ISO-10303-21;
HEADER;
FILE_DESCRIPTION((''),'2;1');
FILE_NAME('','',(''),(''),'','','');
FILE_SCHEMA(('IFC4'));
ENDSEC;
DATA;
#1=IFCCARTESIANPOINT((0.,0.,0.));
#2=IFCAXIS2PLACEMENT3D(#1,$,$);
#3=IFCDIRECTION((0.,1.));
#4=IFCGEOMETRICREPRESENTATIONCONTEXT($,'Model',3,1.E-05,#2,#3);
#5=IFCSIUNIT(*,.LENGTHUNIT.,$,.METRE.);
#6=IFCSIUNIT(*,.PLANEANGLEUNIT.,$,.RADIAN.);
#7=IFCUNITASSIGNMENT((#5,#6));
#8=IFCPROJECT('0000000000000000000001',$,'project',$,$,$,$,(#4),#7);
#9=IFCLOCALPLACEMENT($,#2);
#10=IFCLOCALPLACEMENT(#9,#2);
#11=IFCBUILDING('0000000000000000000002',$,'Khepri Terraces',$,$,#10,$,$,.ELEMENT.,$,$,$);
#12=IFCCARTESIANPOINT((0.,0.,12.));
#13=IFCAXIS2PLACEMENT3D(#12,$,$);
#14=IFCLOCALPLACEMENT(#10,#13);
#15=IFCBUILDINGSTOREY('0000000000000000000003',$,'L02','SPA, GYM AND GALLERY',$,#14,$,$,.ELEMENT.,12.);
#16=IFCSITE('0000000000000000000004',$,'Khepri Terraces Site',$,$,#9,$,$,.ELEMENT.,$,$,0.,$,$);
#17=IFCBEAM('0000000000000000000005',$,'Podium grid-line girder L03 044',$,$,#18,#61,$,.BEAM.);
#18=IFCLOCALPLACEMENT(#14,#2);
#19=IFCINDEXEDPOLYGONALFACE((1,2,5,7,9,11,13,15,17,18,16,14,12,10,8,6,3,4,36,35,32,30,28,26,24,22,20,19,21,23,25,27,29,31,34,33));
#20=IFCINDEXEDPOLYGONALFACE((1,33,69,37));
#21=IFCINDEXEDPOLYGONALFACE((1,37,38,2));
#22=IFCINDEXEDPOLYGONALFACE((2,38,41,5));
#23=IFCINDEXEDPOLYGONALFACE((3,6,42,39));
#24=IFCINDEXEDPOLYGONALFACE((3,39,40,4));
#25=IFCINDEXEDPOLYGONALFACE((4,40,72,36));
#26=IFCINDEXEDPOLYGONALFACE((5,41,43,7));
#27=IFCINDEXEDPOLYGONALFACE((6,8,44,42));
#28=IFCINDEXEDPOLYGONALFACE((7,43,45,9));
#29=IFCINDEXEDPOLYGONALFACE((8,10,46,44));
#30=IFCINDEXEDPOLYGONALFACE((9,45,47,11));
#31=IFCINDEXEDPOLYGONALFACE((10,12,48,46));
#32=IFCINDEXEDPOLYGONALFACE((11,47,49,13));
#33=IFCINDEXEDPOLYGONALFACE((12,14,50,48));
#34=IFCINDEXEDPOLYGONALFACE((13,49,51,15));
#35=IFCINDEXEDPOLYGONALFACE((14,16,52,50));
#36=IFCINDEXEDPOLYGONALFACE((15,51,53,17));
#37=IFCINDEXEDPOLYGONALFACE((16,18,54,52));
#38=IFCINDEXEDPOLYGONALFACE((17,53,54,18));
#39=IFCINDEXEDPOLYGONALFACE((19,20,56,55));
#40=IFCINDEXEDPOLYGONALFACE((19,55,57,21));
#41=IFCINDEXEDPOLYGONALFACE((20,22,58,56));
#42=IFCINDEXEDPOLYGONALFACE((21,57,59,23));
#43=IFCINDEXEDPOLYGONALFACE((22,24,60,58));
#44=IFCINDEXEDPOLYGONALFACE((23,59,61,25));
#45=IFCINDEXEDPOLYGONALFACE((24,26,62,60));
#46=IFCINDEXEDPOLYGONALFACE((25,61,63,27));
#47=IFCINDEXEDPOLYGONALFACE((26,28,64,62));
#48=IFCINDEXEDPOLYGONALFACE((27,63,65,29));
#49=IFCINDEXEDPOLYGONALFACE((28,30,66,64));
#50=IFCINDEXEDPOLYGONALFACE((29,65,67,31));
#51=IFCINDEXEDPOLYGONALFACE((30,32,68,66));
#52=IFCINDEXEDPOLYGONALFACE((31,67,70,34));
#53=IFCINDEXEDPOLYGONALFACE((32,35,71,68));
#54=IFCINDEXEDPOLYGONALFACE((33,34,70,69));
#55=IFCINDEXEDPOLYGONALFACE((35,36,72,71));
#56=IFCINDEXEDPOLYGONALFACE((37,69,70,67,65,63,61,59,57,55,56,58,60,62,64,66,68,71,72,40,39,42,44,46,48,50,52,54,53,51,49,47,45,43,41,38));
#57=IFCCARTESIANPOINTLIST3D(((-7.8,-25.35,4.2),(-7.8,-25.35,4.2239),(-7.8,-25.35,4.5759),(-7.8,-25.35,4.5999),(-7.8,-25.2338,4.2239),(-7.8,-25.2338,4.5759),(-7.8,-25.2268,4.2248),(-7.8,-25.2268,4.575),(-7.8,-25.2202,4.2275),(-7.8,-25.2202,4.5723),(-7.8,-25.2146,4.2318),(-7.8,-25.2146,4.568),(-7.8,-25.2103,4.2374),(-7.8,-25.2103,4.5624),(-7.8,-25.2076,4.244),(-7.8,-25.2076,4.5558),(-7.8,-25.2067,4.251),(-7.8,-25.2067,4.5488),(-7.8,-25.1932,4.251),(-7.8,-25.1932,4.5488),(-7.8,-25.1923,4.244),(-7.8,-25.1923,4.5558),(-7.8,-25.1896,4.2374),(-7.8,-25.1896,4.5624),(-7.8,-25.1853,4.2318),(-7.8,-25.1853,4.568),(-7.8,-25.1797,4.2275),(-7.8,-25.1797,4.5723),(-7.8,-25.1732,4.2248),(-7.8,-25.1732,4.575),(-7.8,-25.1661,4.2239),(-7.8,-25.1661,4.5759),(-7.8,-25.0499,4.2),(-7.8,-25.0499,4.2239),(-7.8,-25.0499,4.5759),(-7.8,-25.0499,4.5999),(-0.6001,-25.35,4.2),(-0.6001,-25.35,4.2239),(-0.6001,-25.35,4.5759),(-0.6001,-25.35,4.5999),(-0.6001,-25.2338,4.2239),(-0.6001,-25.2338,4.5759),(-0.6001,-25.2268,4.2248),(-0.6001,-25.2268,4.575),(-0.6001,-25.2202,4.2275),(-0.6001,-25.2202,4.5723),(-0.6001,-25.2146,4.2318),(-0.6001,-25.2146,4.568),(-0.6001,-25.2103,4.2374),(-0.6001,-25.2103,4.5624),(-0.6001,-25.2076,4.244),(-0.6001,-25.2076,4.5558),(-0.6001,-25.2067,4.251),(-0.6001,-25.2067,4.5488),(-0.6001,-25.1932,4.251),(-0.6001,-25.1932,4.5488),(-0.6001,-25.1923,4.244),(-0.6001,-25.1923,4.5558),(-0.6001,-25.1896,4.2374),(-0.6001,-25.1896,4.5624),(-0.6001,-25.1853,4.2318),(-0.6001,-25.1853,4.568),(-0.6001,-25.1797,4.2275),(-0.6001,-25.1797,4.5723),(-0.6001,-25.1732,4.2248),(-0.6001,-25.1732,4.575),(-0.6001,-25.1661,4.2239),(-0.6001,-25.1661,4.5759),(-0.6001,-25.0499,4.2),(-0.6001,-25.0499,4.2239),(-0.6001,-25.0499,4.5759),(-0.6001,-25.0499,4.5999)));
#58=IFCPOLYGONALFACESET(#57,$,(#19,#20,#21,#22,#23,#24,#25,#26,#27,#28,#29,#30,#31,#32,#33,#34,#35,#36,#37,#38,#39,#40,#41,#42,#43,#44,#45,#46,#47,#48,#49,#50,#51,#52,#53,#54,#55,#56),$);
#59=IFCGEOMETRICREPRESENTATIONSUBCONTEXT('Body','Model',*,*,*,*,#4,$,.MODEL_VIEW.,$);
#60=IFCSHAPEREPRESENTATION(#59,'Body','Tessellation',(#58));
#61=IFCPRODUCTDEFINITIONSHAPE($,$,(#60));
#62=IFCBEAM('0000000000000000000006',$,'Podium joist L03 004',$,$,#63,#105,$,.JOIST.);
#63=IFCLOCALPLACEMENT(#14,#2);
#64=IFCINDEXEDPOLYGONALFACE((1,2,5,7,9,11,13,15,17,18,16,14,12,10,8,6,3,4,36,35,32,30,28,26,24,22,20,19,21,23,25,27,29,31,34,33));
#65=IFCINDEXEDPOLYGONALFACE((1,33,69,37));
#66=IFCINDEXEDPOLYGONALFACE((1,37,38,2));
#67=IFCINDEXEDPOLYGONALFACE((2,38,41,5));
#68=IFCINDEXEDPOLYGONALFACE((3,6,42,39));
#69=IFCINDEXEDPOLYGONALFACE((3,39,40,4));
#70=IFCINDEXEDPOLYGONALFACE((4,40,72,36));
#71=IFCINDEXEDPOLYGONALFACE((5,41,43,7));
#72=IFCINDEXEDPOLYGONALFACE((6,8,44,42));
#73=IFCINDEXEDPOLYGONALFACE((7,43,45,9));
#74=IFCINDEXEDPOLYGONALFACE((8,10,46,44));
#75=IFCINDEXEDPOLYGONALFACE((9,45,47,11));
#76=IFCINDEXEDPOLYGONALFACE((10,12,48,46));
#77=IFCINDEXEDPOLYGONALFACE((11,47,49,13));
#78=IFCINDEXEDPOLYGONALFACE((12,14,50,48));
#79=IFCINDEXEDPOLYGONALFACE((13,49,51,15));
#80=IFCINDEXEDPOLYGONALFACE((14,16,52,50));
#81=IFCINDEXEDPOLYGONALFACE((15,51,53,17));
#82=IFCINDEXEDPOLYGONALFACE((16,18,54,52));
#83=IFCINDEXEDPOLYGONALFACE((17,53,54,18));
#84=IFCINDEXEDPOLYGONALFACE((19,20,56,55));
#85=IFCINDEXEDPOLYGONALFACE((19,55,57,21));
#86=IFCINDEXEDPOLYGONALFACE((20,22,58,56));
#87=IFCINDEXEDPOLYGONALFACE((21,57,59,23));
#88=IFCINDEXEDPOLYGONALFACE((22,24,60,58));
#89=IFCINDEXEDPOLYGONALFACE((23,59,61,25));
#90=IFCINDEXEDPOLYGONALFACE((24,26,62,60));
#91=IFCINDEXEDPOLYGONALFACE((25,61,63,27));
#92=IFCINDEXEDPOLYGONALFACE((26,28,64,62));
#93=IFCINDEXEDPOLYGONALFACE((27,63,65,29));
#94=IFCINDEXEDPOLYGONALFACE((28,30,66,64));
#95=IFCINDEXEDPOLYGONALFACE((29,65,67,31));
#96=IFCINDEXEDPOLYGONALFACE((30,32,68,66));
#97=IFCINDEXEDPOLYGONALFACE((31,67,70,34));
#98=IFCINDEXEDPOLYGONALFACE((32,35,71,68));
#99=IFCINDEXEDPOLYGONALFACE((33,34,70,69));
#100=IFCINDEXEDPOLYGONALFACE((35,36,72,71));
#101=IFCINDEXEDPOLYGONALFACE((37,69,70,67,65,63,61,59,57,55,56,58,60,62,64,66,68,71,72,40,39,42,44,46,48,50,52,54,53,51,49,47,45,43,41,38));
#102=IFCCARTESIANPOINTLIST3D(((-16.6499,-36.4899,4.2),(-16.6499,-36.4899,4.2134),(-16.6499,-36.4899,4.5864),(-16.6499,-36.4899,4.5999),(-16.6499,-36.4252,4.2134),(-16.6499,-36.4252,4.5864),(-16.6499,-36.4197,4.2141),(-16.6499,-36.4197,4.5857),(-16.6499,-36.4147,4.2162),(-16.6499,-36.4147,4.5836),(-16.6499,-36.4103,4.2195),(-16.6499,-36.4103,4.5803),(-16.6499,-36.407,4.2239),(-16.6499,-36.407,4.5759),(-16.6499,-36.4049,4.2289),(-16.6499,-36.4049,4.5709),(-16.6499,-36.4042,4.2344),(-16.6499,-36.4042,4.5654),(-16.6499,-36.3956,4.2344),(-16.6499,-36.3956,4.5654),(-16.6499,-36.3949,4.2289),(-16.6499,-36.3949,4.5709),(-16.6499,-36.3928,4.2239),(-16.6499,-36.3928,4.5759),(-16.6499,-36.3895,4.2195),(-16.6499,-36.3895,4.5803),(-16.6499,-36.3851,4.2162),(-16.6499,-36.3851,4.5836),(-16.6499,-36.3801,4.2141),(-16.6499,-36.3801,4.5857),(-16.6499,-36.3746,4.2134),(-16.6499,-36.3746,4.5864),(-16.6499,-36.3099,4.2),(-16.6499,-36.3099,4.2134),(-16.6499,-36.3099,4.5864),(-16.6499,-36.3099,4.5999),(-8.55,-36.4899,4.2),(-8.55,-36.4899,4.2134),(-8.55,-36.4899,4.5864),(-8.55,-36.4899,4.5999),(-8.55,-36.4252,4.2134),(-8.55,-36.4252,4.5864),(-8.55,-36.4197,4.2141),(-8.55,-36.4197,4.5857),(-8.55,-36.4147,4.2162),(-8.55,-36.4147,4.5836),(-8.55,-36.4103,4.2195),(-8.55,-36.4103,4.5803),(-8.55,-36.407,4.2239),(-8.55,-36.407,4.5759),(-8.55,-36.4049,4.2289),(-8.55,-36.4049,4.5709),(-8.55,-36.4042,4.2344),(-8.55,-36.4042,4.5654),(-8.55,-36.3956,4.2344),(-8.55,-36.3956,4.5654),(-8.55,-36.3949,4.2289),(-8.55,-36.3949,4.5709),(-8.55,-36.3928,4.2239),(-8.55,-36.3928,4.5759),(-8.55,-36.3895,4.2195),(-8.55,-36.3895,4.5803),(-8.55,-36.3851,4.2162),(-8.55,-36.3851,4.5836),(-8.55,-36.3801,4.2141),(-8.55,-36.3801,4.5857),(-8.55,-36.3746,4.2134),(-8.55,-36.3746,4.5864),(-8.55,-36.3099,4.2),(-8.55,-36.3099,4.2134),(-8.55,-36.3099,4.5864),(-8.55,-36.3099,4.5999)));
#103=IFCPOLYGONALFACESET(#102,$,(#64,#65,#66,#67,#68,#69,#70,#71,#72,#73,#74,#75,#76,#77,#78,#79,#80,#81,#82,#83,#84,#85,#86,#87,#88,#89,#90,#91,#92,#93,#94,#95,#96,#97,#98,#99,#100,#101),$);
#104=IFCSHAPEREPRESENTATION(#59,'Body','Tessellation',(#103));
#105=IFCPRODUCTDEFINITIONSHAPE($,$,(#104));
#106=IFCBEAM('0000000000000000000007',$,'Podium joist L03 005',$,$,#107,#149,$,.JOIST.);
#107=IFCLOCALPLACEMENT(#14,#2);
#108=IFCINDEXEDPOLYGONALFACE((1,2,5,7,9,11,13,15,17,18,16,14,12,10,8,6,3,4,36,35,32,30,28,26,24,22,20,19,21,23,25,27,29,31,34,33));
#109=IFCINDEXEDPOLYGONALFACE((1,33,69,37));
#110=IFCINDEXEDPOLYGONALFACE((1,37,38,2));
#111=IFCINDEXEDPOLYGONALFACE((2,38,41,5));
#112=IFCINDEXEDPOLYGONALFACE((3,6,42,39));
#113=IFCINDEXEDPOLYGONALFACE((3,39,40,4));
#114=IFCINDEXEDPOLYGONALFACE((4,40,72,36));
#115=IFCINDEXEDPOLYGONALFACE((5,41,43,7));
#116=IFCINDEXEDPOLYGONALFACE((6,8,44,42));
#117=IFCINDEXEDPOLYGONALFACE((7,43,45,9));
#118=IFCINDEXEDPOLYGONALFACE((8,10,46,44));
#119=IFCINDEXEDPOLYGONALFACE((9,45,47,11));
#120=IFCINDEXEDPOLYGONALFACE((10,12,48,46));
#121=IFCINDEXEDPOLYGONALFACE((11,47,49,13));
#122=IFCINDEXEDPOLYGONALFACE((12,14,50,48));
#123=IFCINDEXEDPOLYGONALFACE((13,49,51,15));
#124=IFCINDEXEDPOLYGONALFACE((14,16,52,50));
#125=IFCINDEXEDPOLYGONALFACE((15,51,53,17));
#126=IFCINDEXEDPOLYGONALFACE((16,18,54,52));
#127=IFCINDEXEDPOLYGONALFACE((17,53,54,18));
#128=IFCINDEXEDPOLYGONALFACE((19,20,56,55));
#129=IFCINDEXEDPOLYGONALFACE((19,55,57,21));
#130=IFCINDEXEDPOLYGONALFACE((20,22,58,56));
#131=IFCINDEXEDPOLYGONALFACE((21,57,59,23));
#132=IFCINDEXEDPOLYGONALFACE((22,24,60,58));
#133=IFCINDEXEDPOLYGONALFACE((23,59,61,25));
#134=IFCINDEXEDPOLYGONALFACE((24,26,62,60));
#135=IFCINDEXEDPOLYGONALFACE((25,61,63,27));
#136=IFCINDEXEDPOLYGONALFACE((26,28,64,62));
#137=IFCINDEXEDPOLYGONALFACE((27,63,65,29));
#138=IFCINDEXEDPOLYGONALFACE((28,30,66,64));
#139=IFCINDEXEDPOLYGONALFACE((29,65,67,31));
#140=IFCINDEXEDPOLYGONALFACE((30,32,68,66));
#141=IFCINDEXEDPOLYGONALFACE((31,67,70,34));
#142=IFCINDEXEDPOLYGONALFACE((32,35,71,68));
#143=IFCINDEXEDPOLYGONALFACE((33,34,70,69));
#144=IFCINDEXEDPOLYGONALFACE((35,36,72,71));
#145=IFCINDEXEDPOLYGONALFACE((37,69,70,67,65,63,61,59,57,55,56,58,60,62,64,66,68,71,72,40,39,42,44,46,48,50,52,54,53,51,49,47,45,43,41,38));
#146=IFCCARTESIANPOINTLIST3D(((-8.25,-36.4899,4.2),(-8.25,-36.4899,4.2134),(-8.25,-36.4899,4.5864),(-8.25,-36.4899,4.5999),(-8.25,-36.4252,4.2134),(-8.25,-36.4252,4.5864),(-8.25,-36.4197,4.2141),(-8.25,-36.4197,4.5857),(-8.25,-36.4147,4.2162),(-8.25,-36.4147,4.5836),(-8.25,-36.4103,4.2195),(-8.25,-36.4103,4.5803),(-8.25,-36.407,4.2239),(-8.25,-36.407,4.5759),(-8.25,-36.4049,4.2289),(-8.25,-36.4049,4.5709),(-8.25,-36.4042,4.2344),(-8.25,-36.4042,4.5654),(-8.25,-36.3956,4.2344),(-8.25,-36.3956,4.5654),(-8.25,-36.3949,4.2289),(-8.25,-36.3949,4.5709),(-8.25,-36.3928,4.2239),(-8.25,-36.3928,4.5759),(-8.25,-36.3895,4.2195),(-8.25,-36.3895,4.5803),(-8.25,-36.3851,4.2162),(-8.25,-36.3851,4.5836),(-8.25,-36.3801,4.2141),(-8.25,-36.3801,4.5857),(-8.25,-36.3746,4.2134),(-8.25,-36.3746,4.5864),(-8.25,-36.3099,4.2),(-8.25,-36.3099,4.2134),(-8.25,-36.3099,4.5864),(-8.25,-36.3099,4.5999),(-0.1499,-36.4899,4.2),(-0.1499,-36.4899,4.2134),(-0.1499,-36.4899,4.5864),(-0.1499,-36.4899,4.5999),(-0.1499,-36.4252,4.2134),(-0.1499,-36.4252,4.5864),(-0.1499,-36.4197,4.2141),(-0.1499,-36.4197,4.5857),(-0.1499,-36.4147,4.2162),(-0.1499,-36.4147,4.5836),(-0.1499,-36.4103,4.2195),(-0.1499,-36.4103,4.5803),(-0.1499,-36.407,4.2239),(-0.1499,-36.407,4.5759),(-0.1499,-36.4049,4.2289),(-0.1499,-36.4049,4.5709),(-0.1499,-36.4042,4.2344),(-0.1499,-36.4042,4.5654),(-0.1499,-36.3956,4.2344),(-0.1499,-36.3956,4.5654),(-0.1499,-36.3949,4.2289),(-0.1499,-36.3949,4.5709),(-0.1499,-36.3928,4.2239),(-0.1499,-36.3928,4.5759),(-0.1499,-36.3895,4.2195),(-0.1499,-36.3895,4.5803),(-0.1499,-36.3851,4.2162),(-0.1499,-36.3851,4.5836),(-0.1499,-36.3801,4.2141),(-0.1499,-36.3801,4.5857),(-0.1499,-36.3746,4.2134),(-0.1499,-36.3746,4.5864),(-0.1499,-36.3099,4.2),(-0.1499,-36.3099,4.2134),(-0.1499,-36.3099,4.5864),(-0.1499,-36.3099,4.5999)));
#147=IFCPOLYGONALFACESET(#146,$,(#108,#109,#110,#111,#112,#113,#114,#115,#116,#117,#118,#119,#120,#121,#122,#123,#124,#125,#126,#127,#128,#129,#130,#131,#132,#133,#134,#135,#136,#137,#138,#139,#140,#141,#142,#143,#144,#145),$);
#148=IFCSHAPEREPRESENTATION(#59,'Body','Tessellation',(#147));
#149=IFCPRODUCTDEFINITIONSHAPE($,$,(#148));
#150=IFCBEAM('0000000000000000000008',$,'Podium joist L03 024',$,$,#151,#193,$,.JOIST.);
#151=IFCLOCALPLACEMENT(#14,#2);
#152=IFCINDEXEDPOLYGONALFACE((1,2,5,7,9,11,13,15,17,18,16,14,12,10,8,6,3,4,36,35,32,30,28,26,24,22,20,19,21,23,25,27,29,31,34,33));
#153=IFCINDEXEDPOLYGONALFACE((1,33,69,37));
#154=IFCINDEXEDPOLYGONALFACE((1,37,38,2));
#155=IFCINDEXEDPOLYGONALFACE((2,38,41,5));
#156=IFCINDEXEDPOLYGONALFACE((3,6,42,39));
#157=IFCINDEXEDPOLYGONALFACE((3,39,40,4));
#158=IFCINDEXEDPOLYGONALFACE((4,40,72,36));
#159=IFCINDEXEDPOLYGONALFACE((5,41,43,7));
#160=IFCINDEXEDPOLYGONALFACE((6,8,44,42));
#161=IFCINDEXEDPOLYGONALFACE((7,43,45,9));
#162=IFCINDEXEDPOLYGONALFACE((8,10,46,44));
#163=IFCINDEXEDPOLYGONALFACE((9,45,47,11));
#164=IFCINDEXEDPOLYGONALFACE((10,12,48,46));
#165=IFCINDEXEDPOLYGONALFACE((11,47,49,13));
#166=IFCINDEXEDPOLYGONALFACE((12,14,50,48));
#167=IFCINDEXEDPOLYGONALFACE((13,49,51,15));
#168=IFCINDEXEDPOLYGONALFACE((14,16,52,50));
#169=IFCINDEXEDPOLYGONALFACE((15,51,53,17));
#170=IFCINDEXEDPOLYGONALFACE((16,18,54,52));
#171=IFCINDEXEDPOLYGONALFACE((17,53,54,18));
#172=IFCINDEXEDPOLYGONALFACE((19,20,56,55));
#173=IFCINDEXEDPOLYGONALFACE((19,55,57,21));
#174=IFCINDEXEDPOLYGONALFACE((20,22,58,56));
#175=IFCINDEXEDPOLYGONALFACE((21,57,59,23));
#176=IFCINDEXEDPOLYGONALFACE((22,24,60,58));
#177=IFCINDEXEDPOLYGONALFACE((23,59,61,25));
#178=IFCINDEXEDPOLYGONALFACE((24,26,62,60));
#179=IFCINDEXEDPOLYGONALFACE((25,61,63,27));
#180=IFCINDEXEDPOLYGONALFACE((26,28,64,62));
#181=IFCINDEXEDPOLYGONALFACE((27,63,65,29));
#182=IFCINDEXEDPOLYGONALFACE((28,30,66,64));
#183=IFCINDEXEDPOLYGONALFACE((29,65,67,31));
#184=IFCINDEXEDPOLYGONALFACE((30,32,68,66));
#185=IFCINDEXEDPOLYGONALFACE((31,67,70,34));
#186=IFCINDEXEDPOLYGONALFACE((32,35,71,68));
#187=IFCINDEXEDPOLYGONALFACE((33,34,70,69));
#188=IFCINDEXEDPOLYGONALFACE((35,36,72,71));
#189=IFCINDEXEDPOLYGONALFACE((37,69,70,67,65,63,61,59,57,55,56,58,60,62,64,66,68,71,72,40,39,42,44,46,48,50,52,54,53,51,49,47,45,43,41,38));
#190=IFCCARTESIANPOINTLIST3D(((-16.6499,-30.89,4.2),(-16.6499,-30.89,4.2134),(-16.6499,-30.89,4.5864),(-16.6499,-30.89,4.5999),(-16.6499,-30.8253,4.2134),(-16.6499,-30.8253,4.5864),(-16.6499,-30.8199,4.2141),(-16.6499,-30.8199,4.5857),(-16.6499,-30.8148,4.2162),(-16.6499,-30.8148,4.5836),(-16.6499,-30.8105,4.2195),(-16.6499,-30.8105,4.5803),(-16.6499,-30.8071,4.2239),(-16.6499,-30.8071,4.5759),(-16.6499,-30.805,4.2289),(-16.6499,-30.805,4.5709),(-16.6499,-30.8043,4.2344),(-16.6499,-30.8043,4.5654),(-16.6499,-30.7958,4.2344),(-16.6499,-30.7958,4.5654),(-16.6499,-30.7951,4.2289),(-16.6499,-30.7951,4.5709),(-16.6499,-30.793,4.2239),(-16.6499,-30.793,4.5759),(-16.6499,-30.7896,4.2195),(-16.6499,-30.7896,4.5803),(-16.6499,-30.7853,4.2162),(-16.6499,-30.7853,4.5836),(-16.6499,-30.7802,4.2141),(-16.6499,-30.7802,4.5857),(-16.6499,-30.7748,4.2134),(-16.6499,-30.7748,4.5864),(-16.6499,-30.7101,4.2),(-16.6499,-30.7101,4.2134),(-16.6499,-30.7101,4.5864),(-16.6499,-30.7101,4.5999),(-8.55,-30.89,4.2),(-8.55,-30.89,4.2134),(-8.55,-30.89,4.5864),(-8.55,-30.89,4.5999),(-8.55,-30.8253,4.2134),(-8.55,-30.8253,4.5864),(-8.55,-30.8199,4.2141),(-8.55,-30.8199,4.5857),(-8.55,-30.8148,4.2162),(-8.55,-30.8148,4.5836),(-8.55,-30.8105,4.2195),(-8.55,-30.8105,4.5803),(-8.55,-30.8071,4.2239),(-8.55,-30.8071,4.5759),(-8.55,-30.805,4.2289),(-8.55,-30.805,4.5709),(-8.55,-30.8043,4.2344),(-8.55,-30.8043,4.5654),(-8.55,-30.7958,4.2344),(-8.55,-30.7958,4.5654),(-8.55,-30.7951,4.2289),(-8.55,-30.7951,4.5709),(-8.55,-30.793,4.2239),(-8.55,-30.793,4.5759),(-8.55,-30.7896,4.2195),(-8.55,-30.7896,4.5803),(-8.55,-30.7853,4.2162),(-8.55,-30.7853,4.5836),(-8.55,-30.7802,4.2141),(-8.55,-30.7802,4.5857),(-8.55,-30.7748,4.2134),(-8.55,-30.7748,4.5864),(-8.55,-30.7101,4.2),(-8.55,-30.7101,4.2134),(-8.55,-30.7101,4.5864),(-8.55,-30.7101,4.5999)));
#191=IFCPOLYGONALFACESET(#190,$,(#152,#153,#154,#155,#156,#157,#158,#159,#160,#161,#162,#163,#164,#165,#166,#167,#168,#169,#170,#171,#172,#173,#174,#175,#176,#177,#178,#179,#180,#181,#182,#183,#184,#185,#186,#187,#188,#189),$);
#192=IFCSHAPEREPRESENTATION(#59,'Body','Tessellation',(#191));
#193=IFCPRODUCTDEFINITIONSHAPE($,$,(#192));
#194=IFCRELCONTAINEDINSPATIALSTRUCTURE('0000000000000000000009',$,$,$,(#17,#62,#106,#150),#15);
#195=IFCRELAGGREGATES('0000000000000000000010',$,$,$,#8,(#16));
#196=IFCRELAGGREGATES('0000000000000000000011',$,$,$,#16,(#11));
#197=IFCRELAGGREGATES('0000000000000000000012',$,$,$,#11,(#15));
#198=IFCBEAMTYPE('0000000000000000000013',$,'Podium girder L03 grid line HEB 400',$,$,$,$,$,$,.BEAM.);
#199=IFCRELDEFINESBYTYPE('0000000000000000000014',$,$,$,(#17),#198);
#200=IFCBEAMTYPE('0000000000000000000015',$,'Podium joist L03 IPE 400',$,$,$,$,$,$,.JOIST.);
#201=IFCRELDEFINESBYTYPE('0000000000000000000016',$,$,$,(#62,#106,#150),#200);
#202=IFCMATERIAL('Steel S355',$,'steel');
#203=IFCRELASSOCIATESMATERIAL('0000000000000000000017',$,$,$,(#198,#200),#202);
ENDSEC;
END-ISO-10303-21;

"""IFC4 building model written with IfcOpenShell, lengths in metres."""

from ifc_helpers import new_model, si_unit, direction, frame, origin, origin_2d, place, context, subcontext, project, spatial, i_section, extrude, material, material_profile, profile_set, type_object, element, save


model = new_model("IFC4")

# Units and contexts
model_context = context("Model", 3, precision=1e-05, world=origin(), true_north=direction((0.0, 1.0)))
body_context = subcontext(model_context, "Body", "Model", "MODEL_VIEW")
ifc_project = project(units=[si_unit("LENGTHUNIT", "METRE"), si_unit("PLANEANGLEUNIT", "RADIAN")], contexts=[model_context])

# Site, building, storey
site_placement = place(None, origin())
site = spatial("IfcSite", under=ifc_project, at=site_placement, Name="Khepri Terraces Site", CompositionType="ELEMENT", RefElevation=0.0)
building_placement = place(site_placement, origin())
building = spatial("IfcBuilding", under=site, at=building_placement, Name="Khepri Terraces", CompositionType="ELEMENT")
storey_placement = place(building_placement, frame((0.0, 0.0, 12.0)))
storey = spatial("IfcBuildingStorey", under=building, at=storey_placement, Name="L02", Description="SPA, GYM AND GALLERY", CompositionType="ELEMENT", Elevation=12.0)

# Beams
ifc_material_1 = material(Name="Steel S355", Category="steel")
ifc_material_profile_1 = material_profile(ifc_material_1, i_section(OverallWidth=0.3, OverallDepth=0.3999, WebThickness=0.0134, FlangeThickness=0.0239, FilletRadius=0.0271, at=origin_2d()), Name="Steel S355", Category="steel")
ifc_profile_set_1 = profile_set([ifc_material_profile_1], Name="Steel S355")
beam_type_1 = type_object("IfcBeamType", Name="Podium girder L03 grid line HEB 400", PredefinedType="BEAM", material=ifc_profile_set_1)
for number, where, z_axis, x_axis, name in (
    (1, (-7.8, -25.2, 4.3999), (1.0, 0.0, 0.0), (0.0, 1.0, 0.0), "Podium grid-line girder L03 044"),
):
    element("IfcBeam", number, at=place(storey_placement, frame(where, z_axis=z_axis, x_axis=x_axis)), inside=storey, type_object=beam_type_1, Name=name, PredefinedType="BEAM", context=body_context, shape_type="SweptSolid", body=[
        extrude(i_section(OverallWidth=0.3, OverallDepth=0.3999, WebThickness=0.0134, FlangeThickness=0.0239, FilletRadius=0.0271, at=origin_2d()), origin(), (0.0, 0.0, 1.0), 7.2),
    ])
ifc_material_profile_2 = material_profile(ifc_material_1, i_section(OverallWidth=0.1799, OverallDepth=0.3999, WebThickness=0.0085, FlangeThickness=0.0134, FilletRadius=0.021, at=origin_2d()), Name="Steel S355", Category="steel")
ifc_profile_set_2 = profile_set([ifc_material_profile_2], Name="Steel S355")
beam_type_2 = type_object("IfcBeamType", Name="Podium joist L03 IPE 400", PredefinedType="JOIST", material=ifc_profile_set_2)
beam_1_placement = place(storey_placement, frame((-16.6499, -36.3999, 4.3999), z_axis=(1.0, 0.0, 0.0), x_axis=(0.0, 1.0, 0.0)))
element("IfcBeam", 2, at=beam_1_placement, inside=storey, type_object=beam_type_2, Name="Podium joist L03 004", PredefinedType="JOIST", context=body_context, shape_type="SweptSolid", body=[
    extrude(i_section(OverallWidth=0.1799, OverallDepth=0.3999, WebThickness=0.0085, FlangeThickness=0.0134, FilletRadius=0.021, at=origin_2d()), origin(), (0.0, 0.0, 1.0), 8.0999),
])
beam_2_placement = place(storey_placement, frame((-8.25, -36.3999, 4.3999), z_axis=(1.0, 0.0, 0.0), x_axis=(0.0, 1.0, 0.0)))
element("IfcBeam", 3, at=beam_2_placement, inside=storey, type_object=beam_type_2, Name="Podium joist L03 005", PredefinedType="JOIST", context=body_context, shape_type="SweptSolid", body=[
    extrude(i_section(OverallWidth=0.1799, OverallDepth=0.3999, WebThickness=0.0085, FlangeThickness=0.0134, FilletRadius=0.021, at=origin_2d()), origin(), (0.0, 0.0, 1.0), 8.1001),
])
beam_3_placement = place(storey_placement, frame((-16.6499, -30.8, 4.3999), z_axis=(1.0, 0.0, 0.0), x_axis=(0.0, 1.0, 0.0)))
element("IfcBeam", 4, at=beam_3_placement, inside=storey, type_object=beam_type_2, Name="Podium joist L03 024", PredefinedType="JOIST", context=body_context, shape_type="SweptSolid", body=[
    extrude(i_section(OverallWidth=0.1799, OverallDepth=0.3999, WebThickness=0.0085, FlangeThickness=0.0134, FilletRadius=0.021, at=origin_2d()), origin(), (0.0, 0.0, 1.0), 8.0999),
])

save(model, "model.ifc")
